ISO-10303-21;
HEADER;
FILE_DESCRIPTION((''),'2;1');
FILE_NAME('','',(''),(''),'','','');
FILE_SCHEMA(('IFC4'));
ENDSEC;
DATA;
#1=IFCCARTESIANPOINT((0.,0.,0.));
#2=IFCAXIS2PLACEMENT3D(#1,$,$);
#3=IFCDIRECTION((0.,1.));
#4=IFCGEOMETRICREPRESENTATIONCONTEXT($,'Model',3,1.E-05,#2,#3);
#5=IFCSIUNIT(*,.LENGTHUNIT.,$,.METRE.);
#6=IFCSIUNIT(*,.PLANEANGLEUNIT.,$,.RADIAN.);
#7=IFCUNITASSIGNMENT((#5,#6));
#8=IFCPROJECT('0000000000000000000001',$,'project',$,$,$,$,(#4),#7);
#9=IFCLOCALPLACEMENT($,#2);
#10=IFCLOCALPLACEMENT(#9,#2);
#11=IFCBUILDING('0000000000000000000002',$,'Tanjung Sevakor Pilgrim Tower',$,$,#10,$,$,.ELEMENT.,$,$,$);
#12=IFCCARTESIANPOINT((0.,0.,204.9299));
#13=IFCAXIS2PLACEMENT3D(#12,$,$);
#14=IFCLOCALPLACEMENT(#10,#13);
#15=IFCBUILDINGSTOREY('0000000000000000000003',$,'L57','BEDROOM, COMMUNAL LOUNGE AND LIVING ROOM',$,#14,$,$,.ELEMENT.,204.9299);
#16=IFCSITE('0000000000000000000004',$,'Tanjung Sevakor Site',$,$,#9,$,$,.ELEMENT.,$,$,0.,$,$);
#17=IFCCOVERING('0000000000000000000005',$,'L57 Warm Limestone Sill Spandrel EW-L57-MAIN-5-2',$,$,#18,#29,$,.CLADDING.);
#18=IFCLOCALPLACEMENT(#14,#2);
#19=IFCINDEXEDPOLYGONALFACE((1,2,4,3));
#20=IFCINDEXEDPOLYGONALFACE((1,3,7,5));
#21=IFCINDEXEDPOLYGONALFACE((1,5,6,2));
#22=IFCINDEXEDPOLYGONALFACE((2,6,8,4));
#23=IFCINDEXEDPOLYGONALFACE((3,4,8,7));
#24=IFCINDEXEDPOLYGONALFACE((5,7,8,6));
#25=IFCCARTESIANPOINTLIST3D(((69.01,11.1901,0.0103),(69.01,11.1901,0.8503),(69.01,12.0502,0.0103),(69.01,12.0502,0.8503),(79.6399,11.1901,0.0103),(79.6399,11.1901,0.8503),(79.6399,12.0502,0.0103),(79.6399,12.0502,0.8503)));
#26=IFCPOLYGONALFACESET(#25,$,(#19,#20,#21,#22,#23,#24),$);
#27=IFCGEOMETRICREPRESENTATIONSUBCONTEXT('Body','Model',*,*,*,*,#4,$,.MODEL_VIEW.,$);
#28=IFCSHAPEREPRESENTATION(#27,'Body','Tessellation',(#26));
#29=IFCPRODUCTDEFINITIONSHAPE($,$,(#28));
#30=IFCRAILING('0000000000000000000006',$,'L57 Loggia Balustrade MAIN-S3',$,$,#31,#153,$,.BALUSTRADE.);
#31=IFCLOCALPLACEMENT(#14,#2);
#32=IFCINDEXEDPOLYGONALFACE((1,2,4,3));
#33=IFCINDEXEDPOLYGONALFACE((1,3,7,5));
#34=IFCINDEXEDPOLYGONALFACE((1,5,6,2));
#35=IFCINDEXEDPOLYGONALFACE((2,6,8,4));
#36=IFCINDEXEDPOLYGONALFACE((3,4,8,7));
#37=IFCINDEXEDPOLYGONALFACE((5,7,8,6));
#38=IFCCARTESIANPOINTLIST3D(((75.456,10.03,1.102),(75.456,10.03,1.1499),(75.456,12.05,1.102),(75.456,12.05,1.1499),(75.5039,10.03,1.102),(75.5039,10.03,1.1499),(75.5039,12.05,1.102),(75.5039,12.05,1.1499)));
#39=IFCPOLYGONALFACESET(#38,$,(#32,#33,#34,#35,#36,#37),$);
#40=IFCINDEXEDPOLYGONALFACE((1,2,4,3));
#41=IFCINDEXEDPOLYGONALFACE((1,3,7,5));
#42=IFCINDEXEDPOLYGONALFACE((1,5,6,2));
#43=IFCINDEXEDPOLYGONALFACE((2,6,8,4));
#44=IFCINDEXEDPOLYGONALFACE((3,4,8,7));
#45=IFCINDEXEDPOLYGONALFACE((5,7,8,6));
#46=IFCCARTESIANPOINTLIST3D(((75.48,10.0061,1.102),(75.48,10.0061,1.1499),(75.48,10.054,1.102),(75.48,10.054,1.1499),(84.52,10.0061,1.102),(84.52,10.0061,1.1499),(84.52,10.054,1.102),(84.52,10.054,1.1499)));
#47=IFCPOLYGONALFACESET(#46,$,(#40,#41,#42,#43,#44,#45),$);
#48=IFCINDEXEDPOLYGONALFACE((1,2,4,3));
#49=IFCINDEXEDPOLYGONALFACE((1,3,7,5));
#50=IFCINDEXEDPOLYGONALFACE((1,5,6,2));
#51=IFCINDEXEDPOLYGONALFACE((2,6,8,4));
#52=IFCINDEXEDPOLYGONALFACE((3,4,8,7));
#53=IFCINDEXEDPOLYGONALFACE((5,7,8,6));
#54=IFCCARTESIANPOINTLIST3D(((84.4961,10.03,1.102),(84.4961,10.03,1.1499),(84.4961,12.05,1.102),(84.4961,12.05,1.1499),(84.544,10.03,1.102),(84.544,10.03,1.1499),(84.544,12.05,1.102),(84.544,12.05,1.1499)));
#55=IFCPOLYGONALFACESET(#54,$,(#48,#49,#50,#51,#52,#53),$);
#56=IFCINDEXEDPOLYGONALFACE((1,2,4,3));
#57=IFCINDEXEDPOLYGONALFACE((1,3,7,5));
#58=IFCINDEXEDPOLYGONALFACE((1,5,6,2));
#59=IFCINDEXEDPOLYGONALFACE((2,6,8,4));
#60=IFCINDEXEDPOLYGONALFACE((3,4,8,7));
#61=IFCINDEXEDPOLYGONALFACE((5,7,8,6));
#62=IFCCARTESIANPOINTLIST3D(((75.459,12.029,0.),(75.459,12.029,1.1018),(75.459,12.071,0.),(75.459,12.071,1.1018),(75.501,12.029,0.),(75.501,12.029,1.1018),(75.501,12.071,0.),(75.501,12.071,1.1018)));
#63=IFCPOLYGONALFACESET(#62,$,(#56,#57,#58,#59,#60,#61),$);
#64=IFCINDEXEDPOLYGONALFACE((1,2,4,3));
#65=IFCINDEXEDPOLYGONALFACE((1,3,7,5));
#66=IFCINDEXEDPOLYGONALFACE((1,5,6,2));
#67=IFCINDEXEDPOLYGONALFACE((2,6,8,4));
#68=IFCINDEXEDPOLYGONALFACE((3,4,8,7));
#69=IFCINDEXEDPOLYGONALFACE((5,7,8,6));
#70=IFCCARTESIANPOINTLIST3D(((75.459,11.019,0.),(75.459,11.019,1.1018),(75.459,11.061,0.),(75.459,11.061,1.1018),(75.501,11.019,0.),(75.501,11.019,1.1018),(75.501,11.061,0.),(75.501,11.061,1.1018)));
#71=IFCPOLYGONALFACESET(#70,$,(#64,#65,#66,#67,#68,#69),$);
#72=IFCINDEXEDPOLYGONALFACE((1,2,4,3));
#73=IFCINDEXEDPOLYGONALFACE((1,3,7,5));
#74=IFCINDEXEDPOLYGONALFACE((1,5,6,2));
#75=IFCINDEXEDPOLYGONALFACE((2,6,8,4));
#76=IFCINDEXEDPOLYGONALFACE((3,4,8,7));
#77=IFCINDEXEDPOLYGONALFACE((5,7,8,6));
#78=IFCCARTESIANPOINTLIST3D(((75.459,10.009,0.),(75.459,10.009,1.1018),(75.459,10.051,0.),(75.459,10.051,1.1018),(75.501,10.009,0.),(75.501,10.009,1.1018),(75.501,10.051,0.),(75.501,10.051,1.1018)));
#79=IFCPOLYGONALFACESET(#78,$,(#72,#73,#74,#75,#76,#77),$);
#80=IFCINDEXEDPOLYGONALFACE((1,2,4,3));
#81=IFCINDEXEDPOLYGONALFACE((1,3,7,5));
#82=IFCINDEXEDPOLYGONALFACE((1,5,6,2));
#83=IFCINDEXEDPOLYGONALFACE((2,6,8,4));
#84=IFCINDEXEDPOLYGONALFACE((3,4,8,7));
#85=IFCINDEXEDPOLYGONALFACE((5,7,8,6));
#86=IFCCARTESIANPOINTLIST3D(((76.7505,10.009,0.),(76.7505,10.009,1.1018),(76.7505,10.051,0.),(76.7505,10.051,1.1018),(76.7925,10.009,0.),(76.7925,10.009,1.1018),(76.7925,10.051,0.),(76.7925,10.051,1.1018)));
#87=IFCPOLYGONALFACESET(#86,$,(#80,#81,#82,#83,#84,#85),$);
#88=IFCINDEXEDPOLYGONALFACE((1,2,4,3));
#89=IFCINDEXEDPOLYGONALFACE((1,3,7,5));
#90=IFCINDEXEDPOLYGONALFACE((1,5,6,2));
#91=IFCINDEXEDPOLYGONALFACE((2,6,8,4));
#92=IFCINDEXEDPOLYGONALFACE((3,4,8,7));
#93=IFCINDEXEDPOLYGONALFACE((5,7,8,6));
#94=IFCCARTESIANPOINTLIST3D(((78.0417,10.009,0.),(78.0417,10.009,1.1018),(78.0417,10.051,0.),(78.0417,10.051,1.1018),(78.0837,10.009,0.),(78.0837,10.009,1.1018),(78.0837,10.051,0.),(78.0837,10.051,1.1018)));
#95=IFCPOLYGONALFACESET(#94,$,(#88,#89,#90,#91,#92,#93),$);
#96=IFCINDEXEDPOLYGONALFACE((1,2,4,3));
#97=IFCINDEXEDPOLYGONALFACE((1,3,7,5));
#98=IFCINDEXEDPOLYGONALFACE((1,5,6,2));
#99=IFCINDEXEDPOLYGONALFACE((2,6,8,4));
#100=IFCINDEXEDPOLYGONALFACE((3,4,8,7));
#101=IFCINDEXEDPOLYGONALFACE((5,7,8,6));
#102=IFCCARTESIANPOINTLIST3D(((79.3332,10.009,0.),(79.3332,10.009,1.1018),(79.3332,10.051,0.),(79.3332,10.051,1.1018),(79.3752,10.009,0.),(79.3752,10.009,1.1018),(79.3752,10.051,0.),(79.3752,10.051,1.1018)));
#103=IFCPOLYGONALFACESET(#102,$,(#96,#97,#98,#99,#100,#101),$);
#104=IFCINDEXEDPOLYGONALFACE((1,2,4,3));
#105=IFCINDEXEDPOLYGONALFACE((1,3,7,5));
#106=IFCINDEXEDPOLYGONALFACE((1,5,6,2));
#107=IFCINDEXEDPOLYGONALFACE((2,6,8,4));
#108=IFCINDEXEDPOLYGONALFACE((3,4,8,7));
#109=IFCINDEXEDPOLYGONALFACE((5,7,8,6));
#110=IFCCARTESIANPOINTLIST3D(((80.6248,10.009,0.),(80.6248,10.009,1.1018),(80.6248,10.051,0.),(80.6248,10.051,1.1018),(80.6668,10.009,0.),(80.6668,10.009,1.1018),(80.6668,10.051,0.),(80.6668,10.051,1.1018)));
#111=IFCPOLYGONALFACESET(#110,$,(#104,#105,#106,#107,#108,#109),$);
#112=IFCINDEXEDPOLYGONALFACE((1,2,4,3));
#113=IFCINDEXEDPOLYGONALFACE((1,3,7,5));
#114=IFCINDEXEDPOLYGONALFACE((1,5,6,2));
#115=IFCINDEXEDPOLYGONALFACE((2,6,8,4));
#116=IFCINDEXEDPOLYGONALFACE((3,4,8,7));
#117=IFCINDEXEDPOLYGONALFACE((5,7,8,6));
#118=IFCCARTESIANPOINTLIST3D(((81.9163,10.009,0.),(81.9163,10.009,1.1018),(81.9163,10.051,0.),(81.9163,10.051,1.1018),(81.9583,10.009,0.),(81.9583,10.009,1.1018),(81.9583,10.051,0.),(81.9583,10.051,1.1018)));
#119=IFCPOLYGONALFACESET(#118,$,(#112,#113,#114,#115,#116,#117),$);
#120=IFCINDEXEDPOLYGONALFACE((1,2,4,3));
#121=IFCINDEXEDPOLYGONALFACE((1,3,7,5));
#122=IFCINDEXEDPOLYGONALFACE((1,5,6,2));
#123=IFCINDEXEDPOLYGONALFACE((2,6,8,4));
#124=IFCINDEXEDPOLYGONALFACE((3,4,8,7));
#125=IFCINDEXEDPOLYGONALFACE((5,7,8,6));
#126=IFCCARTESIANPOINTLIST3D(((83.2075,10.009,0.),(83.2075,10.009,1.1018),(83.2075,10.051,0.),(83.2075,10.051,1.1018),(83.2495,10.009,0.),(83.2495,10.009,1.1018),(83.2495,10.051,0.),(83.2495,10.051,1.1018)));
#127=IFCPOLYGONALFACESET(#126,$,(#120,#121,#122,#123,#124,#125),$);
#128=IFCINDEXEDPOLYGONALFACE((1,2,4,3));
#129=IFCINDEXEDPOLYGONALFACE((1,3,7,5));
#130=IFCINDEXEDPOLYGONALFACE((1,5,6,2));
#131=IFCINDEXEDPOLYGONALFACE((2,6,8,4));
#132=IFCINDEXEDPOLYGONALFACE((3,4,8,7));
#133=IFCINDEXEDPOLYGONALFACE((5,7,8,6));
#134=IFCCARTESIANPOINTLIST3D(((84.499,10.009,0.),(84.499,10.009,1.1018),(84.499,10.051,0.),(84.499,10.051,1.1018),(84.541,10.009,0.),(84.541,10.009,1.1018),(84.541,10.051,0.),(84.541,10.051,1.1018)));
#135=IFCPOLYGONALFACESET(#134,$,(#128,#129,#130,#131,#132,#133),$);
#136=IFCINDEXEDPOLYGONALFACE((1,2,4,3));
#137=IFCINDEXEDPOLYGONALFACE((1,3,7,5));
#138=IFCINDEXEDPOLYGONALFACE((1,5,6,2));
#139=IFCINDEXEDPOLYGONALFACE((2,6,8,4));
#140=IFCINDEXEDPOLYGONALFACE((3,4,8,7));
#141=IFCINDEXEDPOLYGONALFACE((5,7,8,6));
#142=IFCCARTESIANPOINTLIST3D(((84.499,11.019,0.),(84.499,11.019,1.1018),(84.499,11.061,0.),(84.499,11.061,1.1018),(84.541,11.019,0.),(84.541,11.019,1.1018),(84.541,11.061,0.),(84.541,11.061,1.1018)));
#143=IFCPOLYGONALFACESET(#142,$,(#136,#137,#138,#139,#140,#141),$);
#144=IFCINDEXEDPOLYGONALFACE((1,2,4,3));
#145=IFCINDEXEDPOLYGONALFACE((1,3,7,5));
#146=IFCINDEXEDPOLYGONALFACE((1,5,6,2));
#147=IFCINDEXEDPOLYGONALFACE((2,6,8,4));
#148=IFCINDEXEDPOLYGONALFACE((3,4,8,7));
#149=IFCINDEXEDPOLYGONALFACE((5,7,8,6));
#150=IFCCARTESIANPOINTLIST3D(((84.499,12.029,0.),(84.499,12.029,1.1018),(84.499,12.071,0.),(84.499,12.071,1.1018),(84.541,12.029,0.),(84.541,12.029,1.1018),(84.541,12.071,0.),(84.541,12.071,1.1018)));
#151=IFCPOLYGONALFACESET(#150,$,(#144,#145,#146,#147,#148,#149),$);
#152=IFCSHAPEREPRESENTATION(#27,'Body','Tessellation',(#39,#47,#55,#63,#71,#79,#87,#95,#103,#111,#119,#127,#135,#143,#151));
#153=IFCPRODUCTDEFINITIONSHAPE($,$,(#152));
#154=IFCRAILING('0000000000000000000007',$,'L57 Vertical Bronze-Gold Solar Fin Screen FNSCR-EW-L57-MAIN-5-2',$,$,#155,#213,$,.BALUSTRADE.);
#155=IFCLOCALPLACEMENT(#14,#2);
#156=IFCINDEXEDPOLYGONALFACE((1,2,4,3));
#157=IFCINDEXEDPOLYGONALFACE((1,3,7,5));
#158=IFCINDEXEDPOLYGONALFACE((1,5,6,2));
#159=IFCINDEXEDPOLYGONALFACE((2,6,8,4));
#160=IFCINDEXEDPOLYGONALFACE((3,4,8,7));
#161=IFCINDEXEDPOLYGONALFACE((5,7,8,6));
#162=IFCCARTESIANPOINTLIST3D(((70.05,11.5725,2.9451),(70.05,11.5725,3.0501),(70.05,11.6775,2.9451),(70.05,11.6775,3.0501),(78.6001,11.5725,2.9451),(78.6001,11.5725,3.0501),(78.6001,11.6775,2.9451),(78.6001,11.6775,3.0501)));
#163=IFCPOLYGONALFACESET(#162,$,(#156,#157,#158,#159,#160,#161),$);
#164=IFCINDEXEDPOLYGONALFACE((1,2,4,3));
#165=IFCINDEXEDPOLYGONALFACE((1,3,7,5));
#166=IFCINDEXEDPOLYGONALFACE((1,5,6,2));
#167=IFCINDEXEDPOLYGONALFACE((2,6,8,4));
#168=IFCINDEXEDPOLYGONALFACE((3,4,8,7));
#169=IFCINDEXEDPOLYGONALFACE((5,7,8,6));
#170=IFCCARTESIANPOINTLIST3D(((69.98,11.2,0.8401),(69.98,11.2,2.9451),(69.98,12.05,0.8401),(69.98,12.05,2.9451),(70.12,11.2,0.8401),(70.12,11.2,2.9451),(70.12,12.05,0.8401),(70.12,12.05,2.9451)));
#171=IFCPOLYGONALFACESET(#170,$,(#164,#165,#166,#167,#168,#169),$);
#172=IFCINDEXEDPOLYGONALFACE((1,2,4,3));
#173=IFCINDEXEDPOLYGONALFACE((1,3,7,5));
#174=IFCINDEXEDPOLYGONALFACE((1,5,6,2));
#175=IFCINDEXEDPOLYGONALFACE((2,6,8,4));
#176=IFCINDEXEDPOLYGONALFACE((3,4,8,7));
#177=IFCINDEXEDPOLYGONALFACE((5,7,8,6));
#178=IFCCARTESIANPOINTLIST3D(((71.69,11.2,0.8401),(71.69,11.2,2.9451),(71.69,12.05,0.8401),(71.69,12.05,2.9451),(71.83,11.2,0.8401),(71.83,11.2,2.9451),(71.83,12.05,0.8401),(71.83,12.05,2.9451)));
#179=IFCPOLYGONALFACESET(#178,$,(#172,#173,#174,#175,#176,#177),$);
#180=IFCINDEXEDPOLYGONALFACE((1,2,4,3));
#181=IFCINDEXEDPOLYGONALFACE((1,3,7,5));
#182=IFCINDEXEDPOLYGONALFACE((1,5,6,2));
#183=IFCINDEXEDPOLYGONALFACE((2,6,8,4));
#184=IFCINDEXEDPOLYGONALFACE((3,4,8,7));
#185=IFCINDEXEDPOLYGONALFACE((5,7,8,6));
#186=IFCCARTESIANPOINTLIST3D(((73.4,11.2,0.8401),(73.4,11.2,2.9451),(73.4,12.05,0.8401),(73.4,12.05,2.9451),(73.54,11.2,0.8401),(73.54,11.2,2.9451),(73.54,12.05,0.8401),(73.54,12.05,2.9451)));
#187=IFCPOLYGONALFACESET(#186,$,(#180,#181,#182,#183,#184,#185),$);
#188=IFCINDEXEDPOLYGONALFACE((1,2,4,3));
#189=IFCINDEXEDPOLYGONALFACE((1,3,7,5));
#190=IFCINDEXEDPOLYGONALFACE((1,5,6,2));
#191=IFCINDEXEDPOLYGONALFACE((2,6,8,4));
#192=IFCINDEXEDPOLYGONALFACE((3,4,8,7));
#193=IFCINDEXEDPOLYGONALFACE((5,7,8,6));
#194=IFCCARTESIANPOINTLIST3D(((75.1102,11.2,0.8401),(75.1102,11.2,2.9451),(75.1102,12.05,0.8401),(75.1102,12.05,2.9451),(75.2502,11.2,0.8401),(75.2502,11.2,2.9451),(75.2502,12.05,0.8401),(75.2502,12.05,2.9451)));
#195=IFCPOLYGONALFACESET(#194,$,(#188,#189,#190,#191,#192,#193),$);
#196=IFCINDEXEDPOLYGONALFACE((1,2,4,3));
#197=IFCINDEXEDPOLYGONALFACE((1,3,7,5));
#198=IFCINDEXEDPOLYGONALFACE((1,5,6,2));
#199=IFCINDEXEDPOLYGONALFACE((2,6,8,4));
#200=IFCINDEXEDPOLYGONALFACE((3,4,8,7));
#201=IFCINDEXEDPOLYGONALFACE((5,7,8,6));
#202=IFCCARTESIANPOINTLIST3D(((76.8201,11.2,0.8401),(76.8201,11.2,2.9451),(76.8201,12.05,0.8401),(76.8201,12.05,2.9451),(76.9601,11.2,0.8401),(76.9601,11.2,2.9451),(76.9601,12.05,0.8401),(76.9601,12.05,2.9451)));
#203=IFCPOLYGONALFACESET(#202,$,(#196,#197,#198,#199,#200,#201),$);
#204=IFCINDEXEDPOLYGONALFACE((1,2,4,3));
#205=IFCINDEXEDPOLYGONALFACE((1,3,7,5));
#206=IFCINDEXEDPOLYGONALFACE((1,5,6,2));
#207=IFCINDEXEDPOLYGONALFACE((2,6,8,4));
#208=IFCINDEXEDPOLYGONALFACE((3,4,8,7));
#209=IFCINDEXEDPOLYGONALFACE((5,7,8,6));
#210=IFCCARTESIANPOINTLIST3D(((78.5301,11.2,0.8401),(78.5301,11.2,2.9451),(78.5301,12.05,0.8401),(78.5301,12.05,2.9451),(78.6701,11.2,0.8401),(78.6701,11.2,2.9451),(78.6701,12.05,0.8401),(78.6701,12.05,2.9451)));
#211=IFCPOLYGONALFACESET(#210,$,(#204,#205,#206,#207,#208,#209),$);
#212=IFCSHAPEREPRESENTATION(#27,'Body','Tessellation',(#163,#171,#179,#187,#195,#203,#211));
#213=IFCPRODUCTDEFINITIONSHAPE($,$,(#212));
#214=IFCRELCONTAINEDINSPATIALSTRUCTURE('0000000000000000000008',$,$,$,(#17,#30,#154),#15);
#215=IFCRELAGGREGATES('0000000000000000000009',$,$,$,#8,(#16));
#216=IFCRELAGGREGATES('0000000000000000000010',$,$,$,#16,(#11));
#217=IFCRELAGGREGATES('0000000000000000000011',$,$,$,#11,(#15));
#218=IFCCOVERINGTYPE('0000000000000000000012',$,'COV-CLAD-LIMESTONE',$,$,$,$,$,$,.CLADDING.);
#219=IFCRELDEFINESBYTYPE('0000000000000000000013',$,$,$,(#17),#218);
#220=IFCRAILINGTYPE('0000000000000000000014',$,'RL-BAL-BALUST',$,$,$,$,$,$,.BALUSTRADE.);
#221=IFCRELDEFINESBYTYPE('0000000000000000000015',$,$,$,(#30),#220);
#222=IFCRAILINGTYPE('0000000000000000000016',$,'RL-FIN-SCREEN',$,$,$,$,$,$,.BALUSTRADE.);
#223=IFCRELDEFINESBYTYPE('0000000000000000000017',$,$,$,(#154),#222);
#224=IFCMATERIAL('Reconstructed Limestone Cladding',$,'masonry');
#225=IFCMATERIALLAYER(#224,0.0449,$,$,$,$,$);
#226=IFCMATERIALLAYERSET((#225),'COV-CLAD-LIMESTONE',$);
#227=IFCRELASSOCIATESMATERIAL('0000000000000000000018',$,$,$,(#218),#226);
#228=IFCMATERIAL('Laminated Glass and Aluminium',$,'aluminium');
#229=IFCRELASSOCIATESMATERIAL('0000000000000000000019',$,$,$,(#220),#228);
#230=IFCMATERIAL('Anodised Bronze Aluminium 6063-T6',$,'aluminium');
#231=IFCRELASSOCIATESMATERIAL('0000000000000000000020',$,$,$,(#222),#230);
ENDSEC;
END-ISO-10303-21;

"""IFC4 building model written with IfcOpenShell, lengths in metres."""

from ifc_helpers import new_model, si_unit, direction, frame, origin, origin_2d, place, context, subcontext, project, spatial, rectangle, extrude, material, layer, layer_set, type_object, element, save


model = new_model("IFC4")

# Units and contexts
model_context = context("Model", 3, precision=1e-05, world=origin(), true_north=direction((0.0, 1.0)))
body_context = subcontext(model_context, "Body", "Model", "MODEL_VIEW")
ifc_project = project(units=[si_unit("LENGTHUNIT", "METRE"), si_unit("PLANEANGLEUNIT", "RADIAN")], contexts=[model_context])

# Site, building, storey
site_placement = place(None, origin())
site = spatial("IfcSite", under=ifc_project, at=site_placement, Name="Tanjung Sevakor Site", CompositionType="ELEMENT", RefElevation=0.0)
building_placement = place(site_placement, origin())
building = spatial("IfcBuilding", under=site, at=building_placement, Name="Tanjung Sevakor Pilgrim Tower", CompositionType="ELEMENT")
storey_placement = place(building_placement, frame((0.0, 0.0, 204.9299)))
storey = spatial("IfcBuildingStorey", under=building, at=storey_placement, Name="L57", Description="BEDROOM, COMMUNAL LOUNGE AND LIVING ROOM", CompositionType="ELEMENT", Elevation=204.9299)

# Covering
ifc_material_1 = material(Name="Reconstructed Limestone Cladding", Category="masonry")
ifc_layer_1 = layer(ifc_material_1, 0.0449)
ifc_layer_set_1 = layer_set([ifc_layer_1], Name="COV-CLAD-LIMESTONE")
covering_type = type_object("IfcCoveringType", Name="COV-CLAD-LIMESTONE", PredefinedType="CLADDING", material=ifc_layer_set_1)
covering_placement = place(storey_placement, frame((74.325, 11.6201, 0.0103), z_axis=(0.0, 0.0, 1.0), x_axis=(1.0, 0.0, 0.0)))
element("IfcCovering", 1, at=covering_placement, inside=storey, type_object=covering_type, Name="L57 Warm Limestone Sill Spandrel EW-L57-MAIN-5-2", PredefinedType="CLADDING", context=body_context, shape_type="SweptSolid", body=[
    extrude(rectangle(XDim=10.6299, YDim=0.8601, at=origin_2d()), origin(), (0.0, 0.0, 1.0), 0.8401),
])

# Railings
ifc_material_2 = material(Name="Laminated Glass and Aluminium", Category="aluminium")
railing_type_1 = type_object("IfcRailingType", Name="RL-BAL-BALUST", PredefinedType="BALUSTRADE", material=ifc_material_2)
railing_1_placement = place(storey_placement, frame((75.48, 12.05, 0.0)))
element("IfcRailing", 2, at=railing_1_placement, inside=storey, type_object=railing_type_1, Name="L57 Loggia Balustrade MAIN-S3", PredefinedType="BALUSTRADE", context=body_context, shape_type="SweptSolid", body=[
    extrude(rectangle(XDim=0.0479, YDim=0.0479), frame((0.0, 0.0, 1.126), z_axis=(0.0, -1.0, 0.0), x_axis=(1.0, 0.0, 0.0)), (0.0, 0.0, 1.0), 2.02),
    extrude(rectangle(XDim=0.0479, YDim=0.0479), frame((0.0, -2.02, 1.126), z_axis=(1.0, 0.0, 0.0), x_axis=(0.0, 1.0, 0.0)), (0.0, 0.0, 1.0), 9.04),
    extrude(rectangle(XDim=0.0479, YDim=0.0479), frame((9.04, -2.02, 1.126), z_axis=(0.0, 1.0, 0.0), x_axis=(-1.0, 0.0, 0.0)), (0.0, 0.0, 1.0), 2.02),
    extrude(rectangle(XDim=0.042, YDim=0.042), origin(), (0.0, 0.0, 1.0), 1.1018),
    extrude(rectangle(XDim=0.042, YDim=0.042), frame((0.0, -1.01, 0.0)), (0.0, 0.0, 1.0), 1.1018),
    extrude(rectangle(XDim=0.042, YDim=0.042), frame((0.0, -2.02, 0.0)), (0.0, 0.0, 1.0), 1.1018),
    extrude(rectangle(XDim=0.042, YDim=0.042), frame((1.2915, -2.02, 0.0)), (0.0, 0.0, 1.0), 1.1018),
    extrude(rectangle(XDim=0.042, YDim=0.042), frame((2.5828, -2.02, 0.0)), (0.0, 0.0, 1.0), 1.1018),
    extrude(rectangle(XDim=0.042, YDim=0.042), frame((3.8743, -2.02, 0.0)), (0.0, 0.0, 1.0), 1.1018),
    extrude(rectangle(XDim=0.042, YDim=0.042), frame((5.1658, -2.02, 0.0)), (0.0, 0.0, 1.0), 1.1018),
    extrude(rectangle(XDim=0.042, YDim=0.042), frame((6.4573, -2.02, 0.0)), (0.0, 0.0, 1.0), 1.1018),
    extrude(rectangle(XDim=0.042, YDim=0.042), frame((7.7485, -2.02, 0.0)), (0.0, 0.0, 1.0), 1.1018),
    extrude(rectangle(XDim=0.042, YDim=0.042), frame((9.04, -2.02, 0.0)), (0.0, 0.0, 1.0), 1.1018),
    extrude(rectangle(XDim=0.042, YDim=0.042), frame((9.04, -1.01, 0.0)), (0.0, 0.0, 1.0), 1.1018),
    extrude(rectangle(XDim=0.042, YDim=0.042), frame((9.04, 0.0, 0.0)), (0.0, 0.0, 1.0), 1.1018),
])
ifc_material_3 = material(Name="Anodised Bronze Aluminium 6063-T6", Category="aluminium")
railing_type_2 = type_object("IfcRailingType", Name="RL-FIN-SCREEN", PredefinedType="BALUSTRADE", material=ifc_material_3)
railing_2_placement = place(storey_placement, frame((70.05, 11.625, 0.8401)))
element("IfcRailing", 3, at=railing_2_placement, inside=storey, type_object=railing_type_2, Name="L57 Vertical Bronze-Gold Solar Fin Screen FNSCR-EW-L57-MAIN-5-2", PredefinedType="BALUSTRADE", context=body_context, shape_type="SweptSolid", body=[
    extrude(rectangle(XDim=0.105, YDim=0.105), frame((0.0, 0.0, 2.1575), z_axis=(1.0, 0.0, 0.0), x_axis=(0.0, 1.0, 0.0)), (0.0, 0.0, 1.0), 8.55),
    extrude(rectangle(XDim=0.14, YDim=0.85), origin(), (0.0, 0.0, 1.0), 2.105),
    extrude(rectangle(XDim=0.14, YDim=0.85), frame((1.71, 0.0, 0.0)), (0.0, 0.0, 1.0), 2.105),
    extrude(rectangle(XDim=0.14, YDim=0.85), frame((3.4199, 0.0, 0.0)), (0.0, 0.0, 1.0), 2.105),
    extrude(rectangle(XDim=0.14, YDim=0.85), frame((5.1301, 0.0, 0.0)), (0.0, 0.0, 1.0), 2.105),
    extrude(rectangle(XDim=0.14, YDim=0.85), frame((6.8401, 0.0, 0.0)), (0.0, 0.0, 1.0), 2.105),
    extrude(rectangle(XDim=0.14, YDim=0.85), frame((8.55, 0.0, 0.0)), (0.0, 0.0, 1.0), 2.105),
])

save(model, "model.ifc")
